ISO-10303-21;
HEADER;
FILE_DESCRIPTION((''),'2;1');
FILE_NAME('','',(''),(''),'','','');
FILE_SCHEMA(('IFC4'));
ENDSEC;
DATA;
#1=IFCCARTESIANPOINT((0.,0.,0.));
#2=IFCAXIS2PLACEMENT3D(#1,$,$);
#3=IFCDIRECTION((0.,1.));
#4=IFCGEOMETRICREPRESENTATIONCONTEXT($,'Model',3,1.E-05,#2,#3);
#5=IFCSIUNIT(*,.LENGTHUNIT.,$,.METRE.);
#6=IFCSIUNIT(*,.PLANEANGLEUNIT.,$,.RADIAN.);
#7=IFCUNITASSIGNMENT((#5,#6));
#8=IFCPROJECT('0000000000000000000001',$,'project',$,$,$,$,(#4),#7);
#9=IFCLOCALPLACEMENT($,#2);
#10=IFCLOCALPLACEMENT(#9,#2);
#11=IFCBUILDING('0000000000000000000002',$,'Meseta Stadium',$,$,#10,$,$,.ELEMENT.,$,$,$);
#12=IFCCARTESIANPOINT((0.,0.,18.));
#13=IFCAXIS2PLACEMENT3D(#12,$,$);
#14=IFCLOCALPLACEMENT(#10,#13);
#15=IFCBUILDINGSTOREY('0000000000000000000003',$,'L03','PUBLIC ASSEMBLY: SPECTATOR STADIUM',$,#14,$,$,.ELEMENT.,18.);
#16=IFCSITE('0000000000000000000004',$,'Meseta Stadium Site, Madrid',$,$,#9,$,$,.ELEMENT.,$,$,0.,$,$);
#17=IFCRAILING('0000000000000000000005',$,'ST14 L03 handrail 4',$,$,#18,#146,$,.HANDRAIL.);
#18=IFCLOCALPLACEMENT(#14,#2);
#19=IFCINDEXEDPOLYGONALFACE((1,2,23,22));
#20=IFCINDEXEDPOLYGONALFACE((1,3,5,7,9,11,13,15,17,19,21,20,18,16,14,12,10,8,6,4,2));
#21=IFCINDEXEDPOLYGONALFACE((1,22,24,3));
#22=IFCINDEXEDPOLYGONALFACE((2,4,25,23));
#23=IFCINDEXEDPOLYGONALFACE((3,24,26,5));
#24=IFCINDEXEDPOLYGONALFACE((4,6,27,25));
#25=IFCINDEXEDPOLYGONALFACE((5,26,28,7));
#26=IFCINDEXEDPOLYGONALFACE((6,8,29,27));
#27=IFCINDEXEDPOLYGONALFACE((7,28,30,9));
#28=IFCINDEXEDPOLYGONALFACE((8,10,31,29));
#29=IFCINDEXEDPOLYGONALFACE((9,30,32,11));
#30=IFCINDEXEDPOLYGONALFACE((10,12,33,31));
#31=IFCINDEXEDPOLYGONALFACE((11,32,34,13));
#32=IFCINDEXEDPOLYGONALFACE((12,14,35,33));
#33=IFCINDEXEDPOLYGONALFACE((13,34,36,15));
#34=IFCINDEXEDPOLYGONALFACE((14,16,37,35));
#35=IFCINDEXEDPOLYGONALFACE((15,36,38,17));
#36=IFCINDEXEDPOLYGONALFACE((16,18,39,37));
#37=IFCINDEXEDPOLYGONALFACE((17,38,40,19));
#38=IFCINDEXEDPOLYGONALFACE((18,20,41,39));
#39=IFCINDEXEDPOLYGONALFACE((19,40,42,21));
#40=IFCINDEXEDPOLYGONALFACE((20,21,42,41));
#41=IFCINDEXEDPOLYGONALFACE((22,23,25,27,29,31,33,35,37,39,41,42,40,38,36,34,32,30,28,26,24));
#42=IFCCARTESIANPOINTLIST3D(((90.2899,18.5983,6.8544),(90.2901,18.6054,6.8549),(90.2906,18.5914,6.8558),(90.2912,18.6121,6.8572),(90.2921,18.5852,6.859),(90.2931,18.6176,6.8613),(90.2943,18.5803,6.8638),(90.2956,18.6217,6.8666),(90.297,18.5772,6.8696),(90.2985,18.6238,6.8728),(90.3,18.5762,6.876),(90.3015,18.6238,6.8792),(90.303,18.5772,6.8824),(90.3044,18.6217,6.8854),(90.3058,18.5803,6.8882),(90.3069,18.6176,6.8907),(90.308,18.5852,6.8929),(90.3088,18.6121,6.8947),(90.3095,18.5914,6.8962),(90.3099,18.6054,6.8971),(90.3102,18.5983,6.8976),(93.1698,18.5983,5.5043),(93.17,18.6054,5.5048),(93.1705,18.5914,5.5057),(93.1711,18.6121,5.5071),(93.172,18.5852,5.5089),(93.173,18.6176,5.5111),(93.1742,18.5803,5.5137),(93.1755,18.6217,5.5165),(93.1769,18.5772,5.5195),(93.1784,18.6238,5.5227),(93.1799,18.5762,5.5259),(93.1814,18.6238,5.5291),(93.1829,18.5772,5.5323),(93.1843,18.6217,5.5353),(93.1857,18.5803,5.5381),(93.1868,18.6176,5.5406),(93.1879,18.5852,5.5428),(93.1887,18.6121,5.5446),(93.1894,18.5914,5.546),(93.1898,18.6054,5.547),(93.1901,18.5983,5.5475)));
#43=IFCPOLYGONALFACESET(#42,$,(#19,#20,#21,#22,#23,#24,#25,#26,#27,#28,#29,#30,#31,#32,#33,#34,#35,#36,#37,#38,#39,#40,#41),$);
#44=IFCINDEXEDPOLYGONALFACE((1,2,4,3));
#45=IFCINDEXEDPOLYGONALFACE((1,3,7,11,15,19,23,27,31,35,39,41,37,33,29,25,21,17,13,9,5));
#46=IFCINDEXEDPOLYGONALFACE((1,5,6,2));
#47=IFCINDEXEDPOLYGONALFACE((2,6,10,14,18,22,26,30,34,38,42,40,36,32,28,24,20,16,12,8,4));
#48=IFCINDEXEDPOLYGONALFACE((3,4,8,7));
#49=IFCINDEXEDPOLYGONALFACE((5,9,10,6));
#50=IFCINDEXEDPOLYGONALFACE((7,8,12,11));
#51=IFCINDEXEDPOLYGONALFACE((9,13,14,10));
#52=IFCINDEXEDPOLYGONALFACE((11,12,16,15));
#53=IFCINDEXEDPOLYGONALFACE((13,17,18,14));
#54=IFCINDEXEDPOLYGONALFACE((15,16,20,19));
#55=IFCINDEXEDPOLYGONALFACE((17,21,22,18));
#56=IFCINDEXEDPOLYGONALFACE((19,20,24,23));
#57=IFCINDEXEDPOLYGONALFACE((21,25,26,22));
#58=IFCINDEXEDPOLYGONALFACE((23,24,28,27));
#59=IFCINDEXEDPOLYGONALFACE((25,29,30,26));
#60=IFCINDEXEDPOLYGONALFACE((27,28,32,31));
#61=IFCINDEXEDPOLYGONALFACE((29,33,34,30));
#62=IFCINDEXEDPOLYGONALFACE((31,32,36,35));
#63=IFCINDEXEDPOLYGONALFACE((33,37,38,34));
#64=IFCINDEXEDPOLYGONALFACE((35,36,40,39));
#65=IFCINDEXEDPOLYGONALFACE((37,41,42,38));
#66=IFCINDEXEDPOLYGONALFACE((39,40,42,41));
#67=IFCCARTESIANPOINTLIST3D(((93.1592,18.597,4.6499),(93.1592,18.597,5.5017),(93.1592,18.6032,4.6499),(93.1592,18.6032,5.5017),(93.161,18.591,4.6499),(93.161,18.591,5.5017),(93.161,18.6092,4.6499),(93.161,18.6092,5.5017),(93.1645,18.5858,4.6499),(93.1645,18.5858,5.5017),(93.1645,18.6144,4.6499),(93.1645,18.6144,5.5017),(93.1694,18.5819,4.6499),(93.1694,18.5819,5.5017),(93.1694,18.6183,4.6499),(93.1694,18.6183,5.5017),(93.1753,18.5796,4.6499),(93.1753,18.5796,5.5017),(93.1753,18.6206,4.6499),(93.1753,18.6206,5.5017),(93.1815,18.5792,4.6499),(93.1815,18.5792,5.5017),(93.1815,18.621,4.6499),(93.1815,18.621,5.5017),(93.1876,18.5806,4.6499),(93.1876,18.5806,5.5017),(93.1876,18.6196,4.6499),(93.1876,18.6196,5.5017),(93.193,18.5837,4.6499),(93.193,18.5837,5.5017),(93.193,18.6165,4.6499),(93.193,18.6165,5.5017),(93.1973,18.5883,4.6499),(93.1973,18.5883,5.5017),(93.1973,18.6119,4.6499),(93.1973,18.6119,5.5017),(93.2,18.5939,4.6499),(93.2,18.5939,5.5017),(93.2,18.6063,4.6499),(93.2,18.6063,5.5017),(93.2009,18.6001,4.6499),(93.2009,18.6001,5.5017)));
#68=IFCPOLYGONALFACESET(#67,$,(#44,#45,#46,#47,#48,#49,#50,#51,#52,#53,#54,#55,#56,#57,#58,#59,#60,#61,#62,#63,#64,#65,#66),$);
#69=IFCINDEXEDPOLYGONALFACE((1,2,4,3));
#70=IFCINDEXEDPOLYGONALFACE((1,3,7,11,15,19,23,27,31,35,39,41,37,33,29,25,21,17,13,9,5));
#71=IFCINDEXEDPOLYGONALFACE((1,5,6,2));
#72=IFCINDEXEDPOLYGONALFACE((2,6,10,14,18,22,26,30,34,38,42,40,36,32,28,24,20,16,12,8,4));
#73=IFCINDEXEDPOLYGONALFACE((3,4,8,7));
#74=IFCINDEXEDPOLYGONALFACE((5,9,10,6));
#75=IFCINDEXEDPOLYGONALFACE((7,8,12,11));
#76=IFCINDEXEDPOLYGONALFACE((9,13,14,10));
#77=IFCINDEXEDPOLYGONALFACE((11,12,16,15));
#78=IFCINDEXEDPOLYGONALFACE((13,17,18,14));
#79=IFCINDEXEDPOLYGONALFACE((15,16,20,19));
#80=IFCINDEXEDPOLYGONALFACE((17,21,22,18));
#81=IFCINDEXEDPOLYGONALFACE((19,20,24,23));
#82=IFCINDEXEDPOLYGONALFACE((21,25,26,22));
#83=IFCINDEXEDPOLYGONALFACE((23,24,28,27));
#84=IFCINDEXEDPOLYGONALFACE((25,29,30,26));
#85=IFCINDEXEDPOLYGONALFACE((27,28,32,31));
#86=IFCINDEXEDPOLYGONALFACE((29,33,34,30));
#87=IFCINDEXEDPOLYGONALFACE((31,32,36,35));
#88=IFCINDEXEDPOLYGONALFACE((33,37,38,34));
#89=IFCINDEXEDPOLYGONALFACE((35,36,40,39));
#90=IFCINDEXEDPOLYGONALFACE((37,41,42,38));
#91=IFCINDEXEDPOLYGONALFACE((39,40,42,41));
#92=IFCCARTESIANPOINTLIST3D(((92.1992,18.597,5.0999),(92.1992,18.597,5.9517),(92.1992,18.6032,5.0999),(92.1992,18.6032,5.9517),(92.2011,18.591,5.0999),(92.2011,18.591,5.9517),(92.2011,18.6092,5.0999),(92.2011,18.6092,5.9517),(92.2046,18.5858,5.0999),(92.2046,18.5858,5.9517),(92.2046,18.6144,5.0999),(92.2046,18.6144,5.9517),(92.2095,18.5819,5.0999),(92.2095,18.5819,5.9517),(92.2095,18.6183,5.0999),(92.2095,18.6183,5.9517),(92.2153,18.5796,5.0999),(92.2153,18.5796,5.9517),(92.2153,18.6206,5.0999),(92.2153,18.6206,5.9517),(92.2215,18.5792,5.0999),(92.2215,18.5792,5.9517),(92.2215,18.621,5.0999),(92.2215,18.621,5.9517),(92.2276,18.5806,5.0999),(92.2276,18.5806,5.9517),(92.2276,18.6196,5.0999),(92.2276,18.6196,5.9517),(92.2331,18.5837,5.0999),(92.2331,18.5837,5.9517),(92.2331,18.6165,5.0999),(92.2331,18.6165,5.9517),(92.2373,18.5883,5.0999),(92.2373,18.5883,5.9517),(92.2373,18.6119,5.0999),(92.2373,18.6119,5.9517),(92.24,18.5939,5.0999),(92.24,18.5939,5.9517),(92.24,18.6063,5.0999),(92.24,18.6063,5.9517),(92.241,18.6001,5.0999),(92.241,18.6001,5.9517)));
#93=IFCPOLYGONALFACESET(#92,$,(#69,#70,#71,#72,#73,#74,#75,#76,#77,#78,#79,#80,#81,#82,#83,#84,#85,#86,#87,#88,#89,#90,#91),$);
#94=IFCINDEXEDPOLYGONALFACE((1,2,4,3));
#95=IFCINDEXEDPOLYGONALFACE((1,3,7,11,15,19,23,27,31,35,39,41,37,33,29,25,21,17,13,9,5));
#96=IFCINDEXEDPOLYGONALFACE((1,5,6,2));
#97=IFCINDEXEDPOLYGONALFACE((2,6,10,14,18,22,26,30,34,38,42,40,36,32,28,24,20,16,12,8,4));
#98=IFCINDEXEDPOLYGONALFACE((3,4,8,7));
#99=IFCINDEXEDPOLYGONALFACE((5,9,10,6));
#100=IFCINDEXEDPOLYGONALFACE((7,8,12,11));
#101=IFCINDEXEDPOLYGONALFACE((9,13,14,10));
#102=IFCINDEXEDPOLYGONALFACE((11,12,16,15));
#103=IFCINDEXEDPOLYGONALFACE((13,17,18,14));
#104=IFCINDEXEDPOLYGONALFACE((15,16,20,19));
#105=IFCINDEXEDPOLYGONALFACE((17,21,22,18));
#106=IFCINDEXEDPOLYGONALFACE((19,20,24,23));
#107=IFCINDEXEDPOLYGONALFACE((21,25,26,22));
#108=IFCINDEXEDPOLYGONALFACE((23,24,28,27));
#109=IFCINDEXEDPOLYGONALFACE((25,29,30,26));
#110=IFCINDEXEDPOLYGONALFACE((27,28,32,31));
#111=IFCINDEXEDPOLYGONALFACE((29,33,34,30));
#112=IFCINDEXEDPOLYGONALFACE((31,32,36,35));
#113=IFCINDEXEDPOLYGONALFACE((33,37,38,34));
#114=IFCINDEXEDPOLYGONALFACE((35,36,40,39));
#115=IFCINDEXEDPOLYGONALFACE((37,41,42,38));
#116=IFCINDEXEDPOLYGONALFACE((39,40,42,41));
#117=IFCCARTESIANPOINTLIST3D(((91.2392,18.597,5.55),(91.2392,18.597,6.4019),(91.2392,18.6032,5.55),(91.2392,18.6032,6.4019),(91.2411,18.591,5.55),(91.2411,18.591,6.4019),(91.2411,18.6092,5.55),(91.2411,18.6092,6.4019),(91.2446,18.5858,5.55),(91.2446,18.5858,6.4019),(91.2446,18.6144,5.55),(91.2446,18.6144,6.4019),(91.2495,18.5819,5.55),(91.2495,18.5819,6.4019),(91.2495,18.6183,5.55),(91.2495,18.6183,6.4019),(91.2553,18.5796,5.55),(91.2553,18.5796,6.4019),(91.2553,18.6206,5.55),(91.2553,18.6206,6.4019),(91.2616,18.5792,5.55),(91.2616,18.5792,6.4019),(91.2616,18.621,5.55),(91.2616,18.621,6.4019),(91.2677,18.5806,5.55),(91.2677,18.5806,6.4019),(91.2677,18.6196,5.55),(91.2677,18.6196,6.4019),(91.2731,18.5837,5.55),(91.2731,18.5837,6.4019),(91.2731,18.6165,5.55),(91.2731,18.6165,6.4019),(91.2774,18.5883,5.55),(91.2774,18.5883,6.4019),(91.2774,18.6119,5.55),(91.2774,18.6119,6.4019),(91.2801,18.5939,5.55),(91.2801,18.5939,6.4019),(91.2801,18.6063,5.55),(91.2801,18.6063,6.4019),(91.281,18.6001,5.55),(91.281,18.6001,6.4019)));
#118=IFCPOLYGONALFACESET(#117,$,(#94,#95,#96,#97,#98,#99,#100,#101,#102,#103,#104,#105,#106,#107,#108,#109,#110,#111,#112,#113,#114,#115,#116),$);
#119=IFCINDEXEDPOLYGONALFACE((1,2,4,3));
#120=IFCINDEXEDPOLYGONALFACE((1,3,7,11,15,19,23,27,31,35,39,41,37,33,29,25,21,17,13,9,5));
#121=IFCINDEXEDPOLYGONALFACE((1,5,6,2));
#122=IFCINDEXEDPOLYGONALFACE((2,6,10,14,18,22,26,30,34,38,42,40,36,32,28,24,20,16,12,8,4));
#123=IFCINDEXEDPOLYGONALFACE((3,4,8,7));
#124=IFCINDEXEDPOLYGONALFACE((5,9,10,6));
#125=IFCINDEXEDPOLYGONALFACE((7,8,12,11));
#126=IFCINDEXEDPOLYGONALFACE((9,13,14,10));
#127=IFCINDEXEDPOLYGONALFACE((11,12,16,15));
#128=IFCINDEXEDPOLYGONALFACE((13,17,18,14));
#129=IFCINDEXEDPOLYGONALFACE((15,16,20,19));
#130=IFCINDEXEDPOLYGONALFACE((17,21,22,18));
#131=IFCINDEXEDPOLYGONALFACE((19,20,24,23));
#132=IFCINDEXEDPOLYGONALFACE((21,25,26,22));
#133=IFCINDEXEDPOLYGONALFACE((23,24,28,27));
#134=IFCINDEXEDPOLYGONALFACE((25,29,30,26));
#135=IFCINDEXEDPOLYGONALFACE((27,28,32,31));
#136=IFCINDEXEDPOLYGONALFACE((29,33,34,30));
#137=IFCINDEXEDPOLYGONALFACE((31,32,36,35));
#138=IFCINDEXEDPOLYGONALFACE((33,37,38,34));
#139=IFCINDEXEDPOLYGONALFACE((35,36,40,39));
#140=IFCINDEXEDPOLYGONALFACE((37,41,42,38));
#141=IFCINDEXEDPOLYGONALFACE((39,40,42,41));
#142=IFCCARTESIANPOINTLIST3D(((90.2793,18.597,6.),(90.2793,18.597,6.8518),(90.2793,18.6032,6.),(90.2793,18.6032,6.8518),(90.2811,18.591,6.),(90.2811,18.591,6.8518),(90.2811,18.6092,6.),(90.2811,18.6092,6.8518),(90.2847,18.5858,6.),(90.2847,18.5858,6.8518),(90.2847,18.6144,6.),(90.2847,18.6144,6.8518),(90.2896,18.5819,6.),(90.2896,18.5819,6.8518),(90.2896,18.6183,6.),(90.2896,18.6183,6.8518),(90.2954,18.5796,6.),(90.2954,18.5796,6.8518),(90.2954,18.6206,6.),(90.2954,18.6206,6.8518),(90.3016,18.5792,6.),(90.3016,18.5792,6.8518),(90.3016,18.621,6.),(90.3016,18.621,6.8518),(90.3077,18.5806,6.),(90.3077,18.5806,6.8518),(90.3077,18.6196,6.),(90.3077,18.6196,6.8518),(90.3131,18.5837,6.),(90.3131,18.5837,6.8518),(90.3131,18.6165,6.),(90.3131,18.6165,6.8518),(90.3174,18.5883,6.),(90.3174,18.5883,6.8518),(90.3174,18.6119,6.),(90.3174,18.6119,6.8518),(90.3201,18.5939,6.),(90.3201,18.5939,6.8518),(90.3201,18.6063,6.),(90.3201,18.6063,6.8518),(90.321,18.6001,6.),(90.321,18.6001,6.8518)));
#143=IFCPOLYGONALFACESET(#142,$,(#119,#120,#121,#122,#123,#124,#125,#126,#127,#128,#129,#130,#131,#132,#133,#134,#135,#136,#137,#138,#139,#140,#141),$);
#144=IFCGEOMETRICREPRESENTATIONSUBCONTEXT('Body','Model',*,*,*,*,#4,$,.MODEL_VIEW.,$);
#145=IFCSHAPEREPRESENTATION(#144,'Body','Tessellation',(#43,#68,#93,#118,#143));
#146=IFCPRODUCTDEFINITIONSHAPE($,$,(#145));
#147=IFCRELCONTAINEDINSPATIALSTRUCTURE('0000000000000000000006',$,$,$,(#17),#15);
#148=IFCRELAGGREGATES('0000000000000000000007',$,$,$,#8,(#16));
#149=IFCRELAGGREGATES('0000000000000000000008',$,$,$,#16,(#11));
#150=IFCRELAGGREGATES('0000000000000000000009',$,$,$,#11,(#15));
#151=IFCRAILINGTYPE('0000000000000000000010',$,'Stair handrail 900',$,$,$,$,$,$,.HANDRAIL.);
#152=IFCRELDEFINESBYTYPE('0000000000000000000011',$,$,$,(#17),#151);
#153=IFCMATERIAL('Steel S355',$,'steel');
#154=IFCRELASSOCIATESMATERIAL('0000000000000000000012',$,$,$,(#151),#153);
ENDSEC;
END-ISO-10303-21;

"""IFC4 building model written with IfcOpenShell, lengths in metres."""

from ifc_helpers import new_model, si_unit, direction, frame, origin, origin_2d, place, context, subcontext, project, spatial, circle, extrude, material, type_object, element, save


model = new_model("IFC4")

# Units and contexts
model_context = context("Model", 3, precision=1e-05, world=origin(), true_north=direction((0.0, 1.0)))
body_context = subcontext(model_context, "Body", "Model", "MODEL_VIEW")
ifc_project = project(units=[si_unit("LENGTHUNIT", "METRE"), si_unit("PLANEANGLEUNIT", "RADIAN")], contexts=[model_context])

# Site, building, storey
site_placement = place(None, origin())
site = spatial("IfcSite", under=ifc_project, at=site_placement, Name="Meseta Stadium Site, Madrid", CompositionType="ELEMENT", RefElevation=0.0)
building_placement = place(site_placement, origin())
building = spatial("IfcBuilding", under=site, at=building_placement, Name="Meseta Stadium", CompositionType="ELEMENT")
storey_placement = place(building_placement, frame((0.0, 0.0, 18.0)))
storey = spatial("IfcBuildingStorey", under=building, at=storey_placement, Name="L03", Description="PUBLIC ASSEMBLY: SPECTATOR STADIUM", CompositionType="ELEMENT", Elevation=18.0)

# Railing
ifc_material_1 = material(Name="Steel S355", Category="steel")
railing_type_1 = type_object("IfcRailingType", Name="Stair handrail 900", PredefinedType="HANDRAIL", material=ifc_material_1)
for number, where, name in (
    (1, (93.1799, 18.6001, 4.6499), "ST14 L03 handrail 4"),
):
    element("IfcRailing", number, at=place(storey_placement, frame(where)), inside=storey, type_object=railing_type_1, Name=name, PredefinedType="HANDRAIL", context=body_context, shape_type="SweptSolid", body=[
        extrude(circle(Radius=0.0239, at=origin_2d()), frame((0.0, 0.0, 0.876), z_axis=(-0.90544, 0.0, 0.424473), x_axis=(0.0, -1.0, 0.0)), (0.0, 0.0, 1.0), 3.1807),
        extrude(circle(Radius=0.021, at=origin_2d()), origin(), (0.0, 0.0, 1.0), 0.8518),
        extrude(circle(Radius=0.021, at=origin_2d()), frame((-0.96, 0.0, 0.45)), (0.0, 0.0, 1.0), 0.8518),
        extrude(circle(Radius=0.021, at=origin_2d()), frame((-1.9199, 0.0, 0.9001)), (0.0, 0.0, 1.0), 0.8518),
        extrude(circle(Radius=0.021, at=origin_2d()), frame((-2.8799, 0.0, 1.3501)), (0.0, 0.0, 1.0), 0.8518),
    ])

save(model, "model.ifc")
